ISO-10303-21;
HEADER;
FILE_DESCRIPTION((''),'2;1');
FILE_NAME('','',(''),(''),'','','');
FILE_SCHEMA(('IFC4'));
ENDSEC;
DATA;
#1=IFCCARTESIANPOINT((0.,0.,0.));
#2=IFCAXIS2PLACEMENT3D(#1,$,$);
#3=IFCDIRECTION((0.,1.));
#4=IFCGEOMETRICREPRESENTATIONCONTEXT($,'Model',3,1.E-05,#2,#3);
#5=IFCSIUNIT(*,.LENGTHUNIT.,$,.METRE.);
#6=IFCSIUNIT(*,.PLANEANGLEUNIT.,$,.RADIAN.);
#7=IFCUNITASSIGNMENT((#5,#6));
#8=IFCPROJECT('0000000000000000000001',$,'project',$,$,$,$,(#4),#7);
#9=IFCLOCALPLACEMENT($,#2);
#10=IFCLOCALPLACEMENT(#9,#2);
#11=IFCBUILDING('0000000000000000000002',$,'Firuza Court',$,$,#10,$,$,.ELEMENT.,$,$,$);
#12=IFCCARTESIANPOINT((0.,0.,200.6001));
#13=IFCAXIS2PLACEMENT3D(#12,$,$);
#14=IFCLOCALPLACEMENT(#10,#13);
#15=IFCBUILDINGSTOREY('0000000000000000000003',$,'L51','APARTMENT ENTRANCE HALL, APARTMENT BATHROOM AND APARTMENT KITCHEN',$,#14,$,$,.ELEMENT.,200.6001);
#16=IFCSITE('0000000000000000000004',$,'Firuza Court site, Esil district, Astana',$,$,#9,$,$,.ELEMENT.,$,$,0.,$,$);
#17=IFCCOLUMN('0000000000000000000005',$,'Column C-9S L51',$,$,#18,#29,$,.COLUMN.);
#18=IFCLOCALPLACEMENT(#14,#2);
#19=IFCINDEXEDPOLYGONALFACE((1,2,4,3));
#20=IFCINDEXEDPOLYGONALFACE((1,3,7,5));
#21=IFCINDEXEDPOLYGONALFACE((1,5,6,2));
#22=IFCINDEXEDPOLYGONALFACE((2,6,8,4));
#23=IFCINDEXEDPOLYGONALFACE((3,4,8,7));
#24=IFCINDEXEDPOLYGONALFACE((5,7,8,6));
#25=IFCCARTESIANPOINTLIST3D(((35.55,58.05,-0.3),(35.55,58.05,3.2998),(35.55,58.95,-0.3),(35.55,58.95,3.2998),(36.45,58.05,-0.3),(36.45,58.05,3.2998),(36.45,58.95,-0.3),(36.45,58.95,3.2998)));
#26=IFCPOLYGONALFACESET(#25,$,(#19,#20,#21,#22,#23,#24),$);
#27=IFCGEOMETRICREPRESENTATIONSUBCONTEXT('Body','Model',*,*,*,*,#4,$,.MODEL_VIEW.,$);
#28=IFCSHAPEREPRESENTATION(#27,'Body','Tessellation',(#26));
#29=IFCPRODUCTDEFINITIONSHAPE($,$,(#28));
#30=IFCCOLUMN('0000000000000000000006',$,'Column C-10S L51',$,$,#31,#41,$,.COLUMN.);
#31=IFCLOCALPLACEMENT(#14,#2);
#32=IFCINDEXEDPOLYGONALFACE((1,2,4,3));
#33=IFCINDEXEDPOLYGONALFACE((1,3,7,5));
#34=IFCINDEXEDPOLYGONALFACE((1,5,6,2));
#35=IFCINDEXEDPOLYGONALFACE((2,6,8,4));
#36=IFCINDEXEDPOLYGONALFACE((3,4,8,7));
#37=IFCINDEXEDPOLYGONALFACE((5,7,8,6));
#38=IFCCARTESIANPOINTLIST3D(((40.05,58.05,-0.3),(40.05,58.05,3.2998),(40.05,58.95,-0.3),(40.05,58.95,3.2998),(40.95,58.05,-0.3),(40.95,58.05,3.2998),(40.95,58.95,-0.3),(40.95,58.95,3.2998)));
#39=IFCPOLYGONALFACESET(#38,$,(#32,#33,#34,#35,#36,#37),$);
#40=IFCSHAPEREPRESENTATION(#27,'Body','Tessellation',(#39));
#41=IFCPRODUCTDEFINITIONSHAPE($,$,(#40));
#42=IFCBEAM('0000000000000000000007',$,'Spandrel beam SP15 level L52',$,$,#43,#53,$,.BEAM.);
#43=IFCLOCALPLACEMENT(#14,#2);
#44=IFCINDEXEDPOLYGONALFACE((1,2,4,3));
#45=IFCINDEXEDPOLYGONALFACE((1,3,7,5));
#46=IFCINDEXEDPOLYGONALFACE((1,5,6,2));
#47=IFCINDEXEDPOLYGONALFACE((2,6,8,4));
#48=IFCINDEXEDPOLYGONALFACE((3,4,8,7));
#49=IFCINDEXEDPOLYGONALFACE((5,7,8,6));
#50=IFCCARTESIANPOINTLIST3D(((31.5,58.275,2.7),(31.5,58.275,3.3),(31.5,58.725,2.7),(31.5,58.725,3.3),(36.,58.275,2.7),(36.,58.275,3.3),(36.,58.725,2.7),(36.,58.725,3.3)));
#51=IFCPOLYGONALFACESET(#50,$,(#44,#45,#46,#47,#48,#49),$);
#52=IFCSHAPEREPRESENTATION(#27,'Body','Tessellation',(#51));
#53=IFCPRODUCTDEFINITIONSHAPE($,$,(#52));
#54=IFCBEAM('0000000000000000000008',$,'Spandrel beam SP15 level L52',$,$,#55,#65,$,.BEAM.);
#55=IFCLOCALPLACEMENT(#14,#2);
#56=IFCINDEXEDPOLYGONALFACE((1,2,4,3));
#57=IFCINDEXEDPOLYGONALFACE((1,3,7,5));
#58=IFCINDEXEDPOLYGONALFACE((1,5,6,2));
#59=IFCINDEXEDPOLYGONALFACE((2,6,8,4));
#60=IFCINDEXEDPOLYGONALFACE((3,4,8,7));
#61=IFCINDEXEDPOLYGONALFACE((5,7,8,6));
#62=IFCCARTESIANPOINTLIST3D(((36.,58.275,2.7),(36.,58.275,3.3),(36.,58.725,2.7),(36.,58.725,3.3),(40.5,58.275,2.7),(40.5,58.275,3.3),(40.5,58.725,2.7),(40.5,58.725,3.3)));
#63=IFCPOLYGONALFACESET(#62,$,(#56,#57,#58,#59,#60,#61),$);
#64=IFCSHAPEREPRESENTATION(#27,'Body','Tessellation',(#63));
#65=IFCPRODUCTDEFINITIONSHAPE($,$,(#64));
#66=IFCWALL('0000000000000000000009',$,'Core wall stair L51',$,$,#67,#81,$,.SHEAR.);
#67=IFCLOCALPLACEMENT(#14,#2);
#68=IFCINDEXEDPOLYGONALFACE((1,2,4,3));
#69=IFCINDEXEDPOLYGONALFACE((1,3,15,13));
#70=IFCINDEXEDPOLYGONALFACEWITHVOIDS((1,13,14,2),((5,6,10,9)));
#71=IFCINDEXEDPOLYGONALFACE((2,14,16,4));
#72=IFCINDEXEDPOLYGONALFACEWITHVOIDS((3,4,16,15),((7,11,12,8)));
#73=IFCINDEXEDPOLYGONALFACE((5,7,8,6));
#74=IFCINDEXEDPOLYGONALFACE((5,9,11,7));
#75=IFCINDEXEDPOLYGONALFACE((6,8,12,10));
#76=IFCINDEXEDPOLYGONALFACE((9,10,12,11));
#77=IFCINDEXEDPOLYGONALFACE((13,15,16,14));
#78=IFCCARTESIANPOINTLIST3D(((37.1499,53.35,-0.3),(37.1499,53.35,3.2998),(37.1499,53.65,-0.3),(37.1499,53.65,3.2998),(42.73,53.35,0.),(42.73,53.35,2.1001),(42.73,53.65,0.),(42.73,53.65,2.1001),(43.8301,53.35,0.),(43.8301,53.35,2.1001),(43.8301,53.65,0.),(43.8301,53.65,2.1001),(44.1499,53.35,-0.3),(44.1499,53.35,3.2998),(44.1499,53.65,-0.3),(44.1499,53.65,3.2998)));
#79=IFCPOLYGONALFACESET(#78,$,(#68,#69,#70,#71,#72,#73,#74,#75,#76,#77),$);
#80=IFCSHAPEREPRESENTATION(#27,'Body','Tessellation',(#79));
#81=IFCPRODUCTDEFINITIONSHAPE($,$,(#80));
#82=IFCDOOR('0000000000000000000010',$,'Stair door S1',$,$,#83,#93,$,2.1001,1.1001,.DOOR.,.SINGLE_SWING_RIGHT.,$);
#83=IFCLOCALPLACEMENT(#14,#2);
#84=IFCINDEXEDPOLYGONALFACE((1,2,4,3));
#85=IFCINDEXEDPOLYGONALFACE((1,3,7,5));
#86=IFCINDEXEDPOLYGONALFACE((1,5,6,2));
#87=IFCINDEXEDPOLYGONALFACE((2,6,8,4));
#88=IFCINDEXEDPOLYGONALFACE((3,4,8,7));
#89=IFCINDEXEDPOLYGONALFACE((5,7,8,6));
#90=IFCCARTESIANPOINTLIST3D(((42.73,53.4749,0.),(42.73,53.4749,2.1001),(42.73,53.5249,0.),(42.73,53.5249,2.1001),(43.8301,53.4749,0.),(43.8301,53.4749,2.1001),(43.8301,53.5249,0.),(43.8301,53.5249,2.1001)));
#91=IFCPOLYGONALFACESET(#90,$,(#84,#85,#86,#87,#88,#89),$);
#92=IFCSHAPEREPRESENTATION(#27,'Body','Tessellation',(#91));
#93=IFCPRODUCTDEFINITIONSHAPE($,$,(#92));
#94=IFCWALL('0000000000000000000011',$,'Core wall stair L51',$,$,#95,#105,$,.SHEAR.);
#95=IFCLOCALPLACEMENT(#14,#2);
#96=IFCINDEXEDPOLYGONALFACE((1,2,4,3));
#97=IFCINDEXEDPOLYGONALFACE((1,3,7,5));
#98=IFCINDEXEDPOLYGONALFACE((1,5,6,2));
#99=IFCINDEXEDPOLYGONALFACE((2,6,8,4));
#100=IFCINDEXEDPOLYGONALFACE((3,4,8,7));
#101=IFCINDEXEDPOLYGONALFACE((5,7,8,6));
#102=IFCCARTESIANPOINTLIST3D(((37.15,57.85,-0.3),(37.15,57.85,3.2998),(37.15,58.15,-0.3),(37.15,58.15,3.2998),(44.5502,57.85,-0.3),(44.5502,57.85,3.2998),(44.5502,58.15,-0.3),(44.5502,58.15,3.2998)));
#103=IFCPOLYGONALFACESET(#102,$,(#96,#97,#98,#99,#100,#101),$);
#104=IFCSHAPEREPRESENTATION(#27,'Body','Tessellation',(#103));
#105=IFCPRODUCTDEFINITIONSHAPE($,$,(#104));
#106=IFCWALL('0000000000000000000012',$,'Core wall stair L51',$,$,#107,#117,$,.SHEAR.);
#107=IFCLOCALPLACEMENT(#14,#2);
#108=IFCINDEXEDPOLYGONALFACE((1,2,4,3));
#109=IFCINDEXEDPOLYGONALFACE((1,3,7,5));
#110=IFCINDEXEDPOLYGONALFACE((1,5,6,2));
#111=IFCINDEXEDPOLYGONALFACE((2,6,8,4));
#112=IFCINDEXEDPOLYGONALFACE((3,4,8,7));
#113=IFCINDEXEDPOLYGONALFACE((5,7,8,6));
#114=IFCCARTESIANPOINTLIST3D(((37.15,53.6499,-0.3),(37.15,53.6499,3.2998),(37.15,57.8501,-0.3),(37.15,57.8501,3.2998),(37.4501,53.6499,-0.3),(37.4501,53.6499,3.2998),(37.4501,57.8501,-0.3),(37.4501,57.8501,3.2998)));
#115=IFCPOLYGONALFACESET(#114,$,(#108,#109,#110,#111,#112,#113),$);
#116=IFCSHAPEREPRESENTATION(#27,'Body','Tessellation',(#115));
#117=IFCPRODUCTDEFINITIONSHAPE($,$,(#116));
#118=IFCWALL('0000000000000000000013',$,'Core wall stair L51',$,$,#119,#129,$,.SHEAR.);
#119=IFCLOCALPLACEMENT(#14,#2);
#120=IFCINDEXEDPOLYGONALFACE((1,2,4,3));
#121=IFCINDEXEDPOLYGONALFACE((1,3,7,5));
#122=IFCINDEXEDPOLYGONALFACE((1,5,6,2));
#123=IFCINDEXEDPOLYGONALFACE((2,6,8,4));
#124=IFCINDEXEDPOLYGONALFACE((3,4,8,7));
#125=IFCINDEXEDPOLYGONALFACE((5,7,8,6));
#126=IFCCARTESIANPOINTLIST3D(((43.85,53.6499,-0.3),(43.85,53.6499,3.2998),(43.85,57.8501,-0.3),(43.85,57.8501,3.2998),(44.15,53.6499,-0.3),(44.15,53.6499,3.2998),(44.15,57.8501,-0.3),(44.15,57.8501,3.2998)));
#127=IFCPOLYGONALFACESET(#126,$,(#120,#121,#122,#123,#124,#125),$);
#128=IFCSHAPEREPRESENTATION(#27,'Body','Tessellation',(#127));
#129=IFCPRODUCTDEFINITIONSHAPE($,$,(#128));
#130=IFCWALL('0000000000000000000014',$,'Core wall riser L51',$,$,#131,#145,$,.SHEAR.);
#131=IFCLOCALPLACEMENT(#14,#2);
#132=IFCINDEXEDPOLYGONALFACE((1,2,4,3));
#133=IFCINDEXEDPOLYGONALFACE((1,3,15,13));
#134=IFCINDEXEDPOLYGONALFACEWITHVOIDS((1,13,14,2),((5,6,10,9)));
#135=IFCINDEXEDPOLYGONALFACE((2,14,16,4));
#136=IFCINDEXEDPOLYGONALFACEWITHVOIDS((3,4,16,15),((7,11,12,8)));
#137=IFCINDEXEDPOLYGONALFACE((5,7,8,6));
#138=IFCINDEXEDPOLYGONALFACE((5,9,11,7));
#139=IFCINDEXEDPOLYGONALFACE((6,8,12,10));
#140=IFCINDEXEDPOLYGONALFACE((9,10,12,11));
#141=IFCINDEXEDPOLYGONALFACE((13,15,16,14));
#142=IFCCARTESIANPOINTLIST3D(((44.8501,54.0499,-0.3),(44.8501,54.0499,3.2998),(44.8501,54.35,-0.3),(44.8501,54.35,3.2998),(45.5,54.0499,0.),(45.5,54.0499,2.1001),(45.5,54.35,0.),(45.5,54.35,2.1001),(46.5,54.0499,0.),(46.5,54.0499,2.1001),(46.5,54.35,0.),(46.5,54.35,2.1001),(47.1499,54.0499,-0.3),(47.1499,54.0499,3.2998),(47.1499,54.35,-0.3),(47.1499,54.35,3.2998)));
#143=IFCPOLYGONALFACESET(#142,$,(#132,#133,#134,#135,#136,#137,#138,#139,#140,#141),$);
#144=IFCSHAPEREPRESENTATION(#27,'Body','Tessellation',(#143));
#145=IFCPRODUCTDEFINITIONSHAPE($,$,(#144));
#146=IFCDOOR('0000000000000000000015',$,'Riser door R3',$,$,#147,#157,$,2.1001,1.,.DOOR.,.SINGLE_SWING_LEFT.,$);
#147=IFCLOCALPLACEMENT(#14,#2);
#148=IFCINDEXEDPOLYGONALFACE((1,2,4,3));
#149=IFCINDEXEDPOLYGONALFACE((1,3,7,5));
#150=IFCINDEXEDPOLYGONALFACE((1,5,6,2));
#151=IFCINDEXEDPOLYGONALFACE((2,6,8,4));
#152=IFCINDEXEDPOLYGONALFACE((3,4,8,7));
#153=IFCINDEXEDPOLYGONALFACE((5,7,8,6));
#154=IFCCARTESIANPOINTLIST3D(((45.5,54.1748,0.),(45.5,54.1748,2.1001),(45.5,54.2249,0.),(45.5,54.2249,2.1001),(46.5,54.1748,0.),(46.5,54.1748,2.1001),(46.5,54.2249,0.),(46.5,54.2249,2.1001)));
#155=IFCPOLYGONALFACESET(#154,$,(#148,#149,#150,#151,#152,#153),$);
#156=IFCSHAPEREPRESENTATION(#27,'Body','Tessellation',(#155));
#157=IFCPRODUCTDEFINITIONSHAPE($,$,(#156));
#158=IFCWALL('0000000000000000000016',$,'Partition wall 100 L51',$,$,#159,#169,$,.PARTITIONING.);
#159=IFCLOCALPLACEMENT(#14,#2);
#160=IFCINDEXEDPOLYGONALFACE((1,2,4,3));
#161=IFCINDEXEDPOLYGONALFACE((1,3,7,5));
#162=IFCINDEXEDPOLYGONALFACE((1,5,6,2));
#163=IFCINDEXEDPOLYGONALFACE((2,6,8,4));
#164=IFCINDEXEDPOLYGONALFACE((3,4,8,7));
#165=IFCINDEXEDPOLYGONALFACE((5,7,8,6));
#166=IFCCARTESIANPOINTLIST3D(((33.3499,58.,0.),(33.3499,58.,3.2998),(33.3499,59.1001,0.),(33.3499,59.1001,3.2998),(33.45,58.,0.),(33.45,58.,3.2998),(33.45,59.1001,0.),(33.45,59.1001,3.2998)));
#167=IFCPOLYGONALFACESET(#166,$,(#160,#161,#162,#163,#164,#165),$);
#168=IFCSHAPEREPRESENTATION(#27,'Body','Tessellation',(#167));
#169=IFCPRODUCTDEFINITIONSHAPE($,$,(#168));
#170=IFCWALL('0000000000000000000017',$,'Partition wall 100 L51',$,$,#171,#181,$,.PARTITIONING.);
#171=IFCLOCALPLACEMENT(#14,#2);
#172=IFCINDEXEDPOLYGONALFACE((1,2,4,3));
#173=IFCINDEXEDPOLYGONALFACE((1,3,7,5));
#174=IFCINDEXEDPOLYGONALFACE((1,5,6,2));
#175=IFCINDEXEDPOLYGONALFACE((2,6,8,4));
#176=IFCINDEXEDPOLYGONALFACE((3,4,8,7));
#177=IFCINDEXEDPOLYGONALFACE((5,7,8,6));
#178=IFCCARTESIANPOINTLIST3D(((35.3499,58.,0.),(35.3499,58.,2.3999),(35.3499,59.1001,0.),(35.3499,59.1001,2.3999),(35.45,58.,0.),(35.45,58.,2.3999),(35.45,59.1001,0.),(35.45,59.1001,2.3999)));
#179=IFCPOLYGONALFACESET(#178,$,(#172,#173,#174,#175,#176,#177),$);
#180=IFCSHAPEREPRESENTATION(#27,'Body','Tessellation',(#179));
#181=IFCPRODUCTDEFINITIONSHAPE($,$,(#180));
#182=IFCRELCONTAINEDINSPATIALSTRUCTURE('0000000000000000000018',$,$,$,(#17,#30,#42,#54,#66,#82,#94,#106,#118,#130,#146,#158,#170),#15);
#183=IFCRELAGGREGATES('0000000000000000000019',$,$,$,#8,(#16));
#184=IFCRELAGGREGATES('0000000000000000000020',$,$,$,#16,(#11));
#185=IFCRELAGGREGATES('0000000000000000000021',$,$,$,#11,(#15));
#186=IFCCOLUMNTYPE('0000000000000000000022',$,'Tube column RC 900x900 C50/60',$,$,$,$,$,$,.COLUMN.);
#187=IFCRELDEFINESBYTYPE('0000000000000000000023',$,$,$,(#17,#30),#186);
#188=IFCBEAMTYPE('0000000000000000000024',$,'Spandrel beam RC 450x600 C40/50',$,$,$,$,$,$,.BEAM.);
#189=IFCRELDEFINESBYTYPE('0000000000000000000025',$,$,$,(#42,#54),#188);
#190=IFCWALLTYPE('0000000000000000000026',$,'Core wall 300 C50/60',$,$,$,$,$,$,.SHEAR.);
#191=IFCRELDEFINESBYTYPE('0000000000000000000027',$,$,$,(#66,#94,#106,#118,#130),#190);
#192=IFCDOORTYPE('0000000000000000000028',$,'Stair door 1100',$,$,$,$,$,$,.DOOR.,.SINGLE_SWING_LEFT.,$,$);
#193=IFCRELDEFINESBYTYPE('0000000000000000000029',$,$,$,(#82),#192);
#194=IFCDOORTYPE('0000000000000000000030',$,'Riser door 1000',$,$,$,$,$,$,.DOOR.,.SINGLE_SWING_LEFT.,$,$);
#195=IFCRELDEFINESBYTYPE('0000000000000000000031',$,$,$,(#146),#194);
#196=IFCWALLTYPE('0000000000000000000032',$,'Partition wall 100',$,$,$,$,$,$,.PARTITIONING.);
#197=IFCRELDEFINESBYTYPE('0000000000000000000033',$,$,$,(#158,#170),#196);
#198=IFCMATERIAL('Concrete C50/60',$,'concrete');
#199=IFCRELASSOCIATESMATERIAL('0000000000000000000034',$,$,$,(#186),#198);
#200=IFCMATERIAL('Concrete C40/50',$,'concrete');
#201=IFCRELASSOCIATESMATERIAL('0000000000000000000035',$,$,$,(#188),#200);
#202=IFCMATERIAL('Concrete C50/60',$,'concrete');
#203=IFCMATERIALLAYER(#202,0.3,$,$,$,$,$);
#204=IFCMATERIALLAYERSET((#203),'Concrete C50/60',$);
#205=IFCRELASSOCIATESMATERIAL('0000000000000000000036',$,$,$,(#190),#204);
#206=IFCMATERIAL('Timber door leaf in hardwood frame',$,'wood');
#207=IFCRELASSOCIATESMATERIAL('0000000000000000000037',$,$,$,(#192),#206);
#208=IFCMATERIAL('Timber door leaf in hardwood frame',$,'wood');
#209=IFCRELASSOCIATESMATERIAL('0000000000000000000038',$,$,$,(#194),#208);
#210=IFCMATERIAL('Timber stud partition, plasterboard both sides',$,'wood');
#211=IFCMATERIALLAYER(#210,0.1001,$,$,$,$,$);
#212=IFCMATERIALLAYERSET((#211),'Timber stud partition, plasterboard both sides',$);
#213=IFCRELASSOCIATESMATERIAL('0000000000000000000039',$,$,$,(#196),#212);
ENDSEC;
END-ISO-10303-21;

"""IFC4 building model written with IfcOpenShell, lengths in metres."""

from ifc_helpers import new_model, si_unit, direction, frame, frame_2d, origin, origin_2d, place, context, subcontext, project, spatial, rectangle, extrude, material, layer, layer_set, material_profile, profile_set, type_object, element, fill, save


model = new_model("IFC4")

# Units and contexts
model_context = context("Model", 3, precision=1e-05, world=origin(), true_north=direction((0.0, 1.0)))
body_context = subcontext(model_context, "Body", "Model", "MODEL_VIEW")
ifc_project = project(units=[si_unit("LENGTHUNIT", "METRE"), si_unit("PLANEANGLEUNIT", "RADIAN")], contexts=[model_context])

# Site, building, storey
site_placement = place(None, origin())
site = spatial("IfcSite", under=ifc_project, at=site_placement, Name="Firuza Court site, Esil district, Astana", CompositionType="ELEMENT", RefElevation=0.0)
building_placement = place(site_placement, origin())
building = spatial("IfcBuilding", under=site, at=building_placement, Name="Firuza Court", CompositionType="ELEMENT")
storey_placement = place(building_placement, frame((0.0, 0.0, 200.6001)))
storey = spatial("IfcBuildingStorey", under=building, at=storey_placement, Name="L51", Description="APARTMENT ENTRANCE HALL, APARTMENT BATHROOM AND APARTMENT KITCHEN", CompositionType="ELEMENT", Elevation=200.6001)

# Columns
ifc_material_1 = material(Name="Concrete C50/60", Category="concrete")
ifc_material_profile_1 = material_profile(ifc_material_1, rectangle(XDim=0.8999, YDim=0.8999, at=origin_2d()), Name="RC 900x900")
ifc_profile_set_1 = profile_set([ifc_material_profile_1], Name="Concrete C50/60")
column_type = type_object("IfcColumnType", Name="Tube column RC 900x900 C50/60", PredefinedType="COLUMN", material=ifc_profile_set_1)
for number, where, z_axis, x_axis, name in (
    (1, (36.0, 58.5, -0.3), (0.0, 0.0, 1.0), (1.0, 0.0, 0.0), "Column C-9S L51"),
    (2, (40.5, 58.5, -0.3), (0.0, 0.0, 1.0), (1.0, 0.0, 0.0), "Column C-10S L51"),
):
    element("IfcColumn", number, at=place(storey_placement, frame(where, z_axis=z_axis, x_axis=x_axis)), inside=storey, type_object=column_type, Name=name, PredefinedType="COLUMN", context=body_context, shape_type="SweptSolid", body=[
        extrude(rectangle(XDim=0.8999, YDim=0.8999, at=origin_2d()), origin(), (0.0, 0.0, 1.0), 3.5999),
    ])

# Beams
ifc_material_2 = material(Name="Concrete C40/50", Category="concrete")
ifc_material_profile_2 = material_profile(ifc_material_2, rectangle(XDim=0.45, YDim=0.6001, at=origin_2d()), Name="RC 450x600")
ifc_profile_set_2 = profile_set([ifc_material_profile_2], Name="Concrete C40/50")
beam_type = type_object("IfcBeamType", Name="Spandrel beam RC 450x600 C40/50", PredefinedType="BEAM", material=ifc_profile_set_2)
for number, where, z_axis, x_axis, name in (
    (3, (36.0, 58.5, 3.0), (-1.0, 0.0, 0.0), (0.0, -1.0, 0.0), "Spandrel beam SP15 level L52"),
    (4, (40.5, 58.5, 3.0), (-1.0, 0.0, 0.0), (0.0, -1.0, 0.0), "Spandrel beam SP15 level L52"),
):
    element("IfcBeam", number, at=place(storey_placement, frame(where, z_axis=z_axis, x_axis=x_axis)), inside=storey, type_object=beam_type, Name=name, PredefinedType="BEAM", context=body_context, shape_type="SweptSolid", body=[
        extrude(rectangle(XDim=0.45, YDim=0.6001, at=origin_2d()), origin(), (0.0, 0.0, 1.0), 4.5),
    ])

# Wall, opening, door
ifc_material_3 = material(Name="Concrete C50/60", Category="concrete")
ifc_layer_1 = layer(ifc_material_3, 0.3)
ifc_layer_set_1 = layer_set([ifc_layer_1], Name="Concrete C50/60")
wall_type_1 = type_object("IfcWallType", Name="Core wall 300 C50/60", PredefinedType="SHEAR", material=ifc_layer_set_1)
wall_1_placement = place(storey_placement, frame((37.1499, 53.5, -0.3), z_axis=(0.0, 0.0, 1.0), x_axis=(1.0, 0.0, 0.0)))
wall_1 = element("IfcWall", 5, at=wall_1_placement, inside=storey, type_object=wall_type_1, Name="Core wall stair L51", PredefinedType="SHEAR", context=body_context, shape_type="SweptSolid", body=[
    extrude(rectangle(XDim=7.0, YDim=0.3, at=frame_2d((3.5, 0.0))), origin(), (0.0, 0.0, 1.0), 3.5999),
])
opening_1_placement = place(wall_1_placement, frame((5.5801, 0.0, 0.3)))
opening_1 = element("IfcOpeningElement", 6, at=opening_1_placement, cuts=wall_1, PredefinedType="OPENING", context=body_context, shape_type="SweptSolid", body=[
    extrude(rectangle(XDim=1.1001, YDim=2.1001, at=frame_2d((0.55, 1.05))), frame((0.0, 0.1621, 0.0), z_axis=(0.0, -1.0, 0.0), x_axis=(1.0, 0.0, 0.0)), (0.0, 0.0, 1.0), 0.324),
])
ifc_material_4 = material(Name="Timber door leaf in hardwood frame", Category="wood")
door_type_1 = type_object("IfcDoorType", Name="Stair door 1100", OperationType="SINGLE_SWING_LEFT", PredefinedType="DOOR", material=ifc_material_4)
door_1_placement = place(opening_1_placement, origin())
door_1 = element("IfcDoor", 7, at=door_1_placement, inside=storey, type_object=door_type_1, Name="Stair door S1", OperationType="SINGLE_SWING_RIGHT", OverallHeight=2.1001, OverallWidth=1.1001, PredefinedType="DOOR", context=body_context, shape_type="SweptSolid", body=[
    extrude(rectangle(XDim=1.1001, YDim=2.1001, at=frame_2d((0.55, 1.05))), frame((0.0, 0.0249, 0.0), z_axis=(0.0, -1.0, 0.0), x_axis=(1.0, 0.0, 0.0)), (0.0, 0.0, 1.0), 0.05),
])
fill(opening_1, door_1)

# Walls
wall_2_placement = place(storey_placement, frame((37.1499, 58.0, -0.3), z_axis=(0.0, 0.0, 1.0), x_axis=(1.0, 0.0, 0.0)))
element("IfcWall", 8, at=wall_2_placement, inside=storey, type_object=wall_type_1, Name="Core wall stair L51", PredefinedType="SHEAR", context=body_context, shape_type="SweptSolid", body=[
    extrude(rectangle(XDim=7.4001, YDim=0.3, at=frame_2d((3.7002, 0.0))), origin(), (0.0, 0.0, 1.0), 3.5999),
])
for number, where, z_axis, x_axis, name in (
    (9, (37.3, 53.6499, -0.3), (0.0, 0.0, 1.0), (0.0, 1.0, 0.0), "Core wall stair L51"),
    (10, (44.0, 53.6499, -0.3), (0.0, 0.0, 1.0), (0.0, 1.0, 0.0), "Core wall stair L51"),
):
    element("IfcWall", number, at=place(storey_placement, frame(where, z_axis=z_axis, x_axis=x_axis)), inside=storey, type_object=wall_type_1, Name=name, PredefinedType="SHEAR", context=body_context, shape_type="SweptSolid", body=[
        extrude(rectangle(XDim=4.2002, YDim=0.3, at=frame_2d((2.1001, 0.0))), origin(), (0.0, 0.0, 1.0), 3.5999),
    ])

# Wall, opening, door
wall_3_placement = place(storey_placement, frame((44.8501, 54.2, -0.3), z_axis=(0.0, 0.0, 1.0), x_axis=(1.0, 0.0, 0.0)))
wall_3 = element("IfcWall", 11, at=wall_3_placement, inside=storey, type_object=wall_type_1, Name="Core wall riser L51", PredefinedType="SHEAR", context=body_context, shape_type="SweptSolid", body=[
    extrude(rectangle(XDim=2.2998, YDim=0.3, at=frame_2d((1.1499, 0.0))), origin(), (0.0, 0.0, 1.0), 3.5999),
])
opening_2_placement = place(wall_3_placement, frame((0.6499, 0.0, 0.3)))
opening_2 = element("IfcOpeningElement", 12, at=opening_2_placement, cuts=wall_3, PredefinedType="OPENING", context=body_context, shape_type="SweptSolid", body=[
    extrude(rectangle(XDim=1.0, YDim=2.1001, at=frame_2d((0.5, 1.05))), frame((0.0, 0.1621, 0.0), z_axis=(0.0, -1.0, 0.0), x_axis=(1.0, 0.0, 0.0)), (0.0, 0.0, 1.0), 0.324),
])
ifc_material_5 = material(Name="Timber door leaf in hardwood frame", Category="wood")
door_type_2 = type_object("IfcDoorType", Name="Riser door 1000", OperationType="SINGLE_SWING_LEFT", PredefinedType="DOOR", material=ifc_material_5)
door_2_placement = place(opening_2_placement, origin())
door_2 = element("IfcDoor", 13, at=door_2_placement, inside=storey, type_object=door_type_2, Name="Riser door R3", OperationType="SINGLE_SWING_LEFT", OverallHeight=2.1001, OverallWidth=1.0, PredefinedType="DOOR", context=body_context, shape_type="SweptSolid", body=[
    extrude(rectangle(XDim=1.0, YDim=2.1001, at=frame_2d((0.5, 1.05))), frame((0.0, 0.0249, 0.0), z_axis=(0.0, -1.0, 0.0), x_axis=(1.0, 0.0, 0.0)), (0.0, 0.0, 1.0), 0.05),
])
fill(opening_2, door_2)

# Walls
ifc_material_6 = material(Name="Timber stud partition, plasterboard both sides", Category="wood")
ifc_layer_2 = layer(ifc_material_6, 0.1001)
ifc_layer_set_2 = layer_set([ifc_layer_2], Name="Timber stud partition, plasterboard both sides")
wall_type_2 = type_object("IfcWallType", Name="Partition wall 100", PredefinedType="PARTITIONING", material=ifc_layer_set_2)
wall_4_placement = place(storey_placement, frame((33.3999, 58.0, 0.0), z_axis=(0.0, 0.0, 1.0), x_axis=(0.0, 1.0, 0.0)))
element("IfcWall", 14, at=wall_4_placement, inside=storey, type_object=wall_type_2, Name="Partition wall 100 L51", PredefinedType="PARTITIONING", context=body_context, shape_type="SweptSolid", body=[
    extrude(rectangle(XDim=1.1001, YDim=0.1001, at=frame_2d((0.55, 0.0))), origin(), (0.0, 0.0, 1.0), 3.2998),
])
wall_5_placement = place(storey_placement, frame((35.3999, 58.0, 0.0), z_axis=(0.0, 0.0, 1.0), x_axis=(0.0, 1.0, 0.0)))
element("IfcWall", 15, at=wall_5_placement, inside=storey, type_object=wall_type_2, Name="Partition wall 100 L51", PredefinedType="PARTITIONING", context=body_context, shape_type="SweptSolid", body=[
    extrude(rectangle(XDim=1.1001, YDim=0.1001, at=frame_2d((0.55, 0.0))), origin(), (0.0, 0.0, 1.0), 2.3999),
])

save(model, "model.ifc")
